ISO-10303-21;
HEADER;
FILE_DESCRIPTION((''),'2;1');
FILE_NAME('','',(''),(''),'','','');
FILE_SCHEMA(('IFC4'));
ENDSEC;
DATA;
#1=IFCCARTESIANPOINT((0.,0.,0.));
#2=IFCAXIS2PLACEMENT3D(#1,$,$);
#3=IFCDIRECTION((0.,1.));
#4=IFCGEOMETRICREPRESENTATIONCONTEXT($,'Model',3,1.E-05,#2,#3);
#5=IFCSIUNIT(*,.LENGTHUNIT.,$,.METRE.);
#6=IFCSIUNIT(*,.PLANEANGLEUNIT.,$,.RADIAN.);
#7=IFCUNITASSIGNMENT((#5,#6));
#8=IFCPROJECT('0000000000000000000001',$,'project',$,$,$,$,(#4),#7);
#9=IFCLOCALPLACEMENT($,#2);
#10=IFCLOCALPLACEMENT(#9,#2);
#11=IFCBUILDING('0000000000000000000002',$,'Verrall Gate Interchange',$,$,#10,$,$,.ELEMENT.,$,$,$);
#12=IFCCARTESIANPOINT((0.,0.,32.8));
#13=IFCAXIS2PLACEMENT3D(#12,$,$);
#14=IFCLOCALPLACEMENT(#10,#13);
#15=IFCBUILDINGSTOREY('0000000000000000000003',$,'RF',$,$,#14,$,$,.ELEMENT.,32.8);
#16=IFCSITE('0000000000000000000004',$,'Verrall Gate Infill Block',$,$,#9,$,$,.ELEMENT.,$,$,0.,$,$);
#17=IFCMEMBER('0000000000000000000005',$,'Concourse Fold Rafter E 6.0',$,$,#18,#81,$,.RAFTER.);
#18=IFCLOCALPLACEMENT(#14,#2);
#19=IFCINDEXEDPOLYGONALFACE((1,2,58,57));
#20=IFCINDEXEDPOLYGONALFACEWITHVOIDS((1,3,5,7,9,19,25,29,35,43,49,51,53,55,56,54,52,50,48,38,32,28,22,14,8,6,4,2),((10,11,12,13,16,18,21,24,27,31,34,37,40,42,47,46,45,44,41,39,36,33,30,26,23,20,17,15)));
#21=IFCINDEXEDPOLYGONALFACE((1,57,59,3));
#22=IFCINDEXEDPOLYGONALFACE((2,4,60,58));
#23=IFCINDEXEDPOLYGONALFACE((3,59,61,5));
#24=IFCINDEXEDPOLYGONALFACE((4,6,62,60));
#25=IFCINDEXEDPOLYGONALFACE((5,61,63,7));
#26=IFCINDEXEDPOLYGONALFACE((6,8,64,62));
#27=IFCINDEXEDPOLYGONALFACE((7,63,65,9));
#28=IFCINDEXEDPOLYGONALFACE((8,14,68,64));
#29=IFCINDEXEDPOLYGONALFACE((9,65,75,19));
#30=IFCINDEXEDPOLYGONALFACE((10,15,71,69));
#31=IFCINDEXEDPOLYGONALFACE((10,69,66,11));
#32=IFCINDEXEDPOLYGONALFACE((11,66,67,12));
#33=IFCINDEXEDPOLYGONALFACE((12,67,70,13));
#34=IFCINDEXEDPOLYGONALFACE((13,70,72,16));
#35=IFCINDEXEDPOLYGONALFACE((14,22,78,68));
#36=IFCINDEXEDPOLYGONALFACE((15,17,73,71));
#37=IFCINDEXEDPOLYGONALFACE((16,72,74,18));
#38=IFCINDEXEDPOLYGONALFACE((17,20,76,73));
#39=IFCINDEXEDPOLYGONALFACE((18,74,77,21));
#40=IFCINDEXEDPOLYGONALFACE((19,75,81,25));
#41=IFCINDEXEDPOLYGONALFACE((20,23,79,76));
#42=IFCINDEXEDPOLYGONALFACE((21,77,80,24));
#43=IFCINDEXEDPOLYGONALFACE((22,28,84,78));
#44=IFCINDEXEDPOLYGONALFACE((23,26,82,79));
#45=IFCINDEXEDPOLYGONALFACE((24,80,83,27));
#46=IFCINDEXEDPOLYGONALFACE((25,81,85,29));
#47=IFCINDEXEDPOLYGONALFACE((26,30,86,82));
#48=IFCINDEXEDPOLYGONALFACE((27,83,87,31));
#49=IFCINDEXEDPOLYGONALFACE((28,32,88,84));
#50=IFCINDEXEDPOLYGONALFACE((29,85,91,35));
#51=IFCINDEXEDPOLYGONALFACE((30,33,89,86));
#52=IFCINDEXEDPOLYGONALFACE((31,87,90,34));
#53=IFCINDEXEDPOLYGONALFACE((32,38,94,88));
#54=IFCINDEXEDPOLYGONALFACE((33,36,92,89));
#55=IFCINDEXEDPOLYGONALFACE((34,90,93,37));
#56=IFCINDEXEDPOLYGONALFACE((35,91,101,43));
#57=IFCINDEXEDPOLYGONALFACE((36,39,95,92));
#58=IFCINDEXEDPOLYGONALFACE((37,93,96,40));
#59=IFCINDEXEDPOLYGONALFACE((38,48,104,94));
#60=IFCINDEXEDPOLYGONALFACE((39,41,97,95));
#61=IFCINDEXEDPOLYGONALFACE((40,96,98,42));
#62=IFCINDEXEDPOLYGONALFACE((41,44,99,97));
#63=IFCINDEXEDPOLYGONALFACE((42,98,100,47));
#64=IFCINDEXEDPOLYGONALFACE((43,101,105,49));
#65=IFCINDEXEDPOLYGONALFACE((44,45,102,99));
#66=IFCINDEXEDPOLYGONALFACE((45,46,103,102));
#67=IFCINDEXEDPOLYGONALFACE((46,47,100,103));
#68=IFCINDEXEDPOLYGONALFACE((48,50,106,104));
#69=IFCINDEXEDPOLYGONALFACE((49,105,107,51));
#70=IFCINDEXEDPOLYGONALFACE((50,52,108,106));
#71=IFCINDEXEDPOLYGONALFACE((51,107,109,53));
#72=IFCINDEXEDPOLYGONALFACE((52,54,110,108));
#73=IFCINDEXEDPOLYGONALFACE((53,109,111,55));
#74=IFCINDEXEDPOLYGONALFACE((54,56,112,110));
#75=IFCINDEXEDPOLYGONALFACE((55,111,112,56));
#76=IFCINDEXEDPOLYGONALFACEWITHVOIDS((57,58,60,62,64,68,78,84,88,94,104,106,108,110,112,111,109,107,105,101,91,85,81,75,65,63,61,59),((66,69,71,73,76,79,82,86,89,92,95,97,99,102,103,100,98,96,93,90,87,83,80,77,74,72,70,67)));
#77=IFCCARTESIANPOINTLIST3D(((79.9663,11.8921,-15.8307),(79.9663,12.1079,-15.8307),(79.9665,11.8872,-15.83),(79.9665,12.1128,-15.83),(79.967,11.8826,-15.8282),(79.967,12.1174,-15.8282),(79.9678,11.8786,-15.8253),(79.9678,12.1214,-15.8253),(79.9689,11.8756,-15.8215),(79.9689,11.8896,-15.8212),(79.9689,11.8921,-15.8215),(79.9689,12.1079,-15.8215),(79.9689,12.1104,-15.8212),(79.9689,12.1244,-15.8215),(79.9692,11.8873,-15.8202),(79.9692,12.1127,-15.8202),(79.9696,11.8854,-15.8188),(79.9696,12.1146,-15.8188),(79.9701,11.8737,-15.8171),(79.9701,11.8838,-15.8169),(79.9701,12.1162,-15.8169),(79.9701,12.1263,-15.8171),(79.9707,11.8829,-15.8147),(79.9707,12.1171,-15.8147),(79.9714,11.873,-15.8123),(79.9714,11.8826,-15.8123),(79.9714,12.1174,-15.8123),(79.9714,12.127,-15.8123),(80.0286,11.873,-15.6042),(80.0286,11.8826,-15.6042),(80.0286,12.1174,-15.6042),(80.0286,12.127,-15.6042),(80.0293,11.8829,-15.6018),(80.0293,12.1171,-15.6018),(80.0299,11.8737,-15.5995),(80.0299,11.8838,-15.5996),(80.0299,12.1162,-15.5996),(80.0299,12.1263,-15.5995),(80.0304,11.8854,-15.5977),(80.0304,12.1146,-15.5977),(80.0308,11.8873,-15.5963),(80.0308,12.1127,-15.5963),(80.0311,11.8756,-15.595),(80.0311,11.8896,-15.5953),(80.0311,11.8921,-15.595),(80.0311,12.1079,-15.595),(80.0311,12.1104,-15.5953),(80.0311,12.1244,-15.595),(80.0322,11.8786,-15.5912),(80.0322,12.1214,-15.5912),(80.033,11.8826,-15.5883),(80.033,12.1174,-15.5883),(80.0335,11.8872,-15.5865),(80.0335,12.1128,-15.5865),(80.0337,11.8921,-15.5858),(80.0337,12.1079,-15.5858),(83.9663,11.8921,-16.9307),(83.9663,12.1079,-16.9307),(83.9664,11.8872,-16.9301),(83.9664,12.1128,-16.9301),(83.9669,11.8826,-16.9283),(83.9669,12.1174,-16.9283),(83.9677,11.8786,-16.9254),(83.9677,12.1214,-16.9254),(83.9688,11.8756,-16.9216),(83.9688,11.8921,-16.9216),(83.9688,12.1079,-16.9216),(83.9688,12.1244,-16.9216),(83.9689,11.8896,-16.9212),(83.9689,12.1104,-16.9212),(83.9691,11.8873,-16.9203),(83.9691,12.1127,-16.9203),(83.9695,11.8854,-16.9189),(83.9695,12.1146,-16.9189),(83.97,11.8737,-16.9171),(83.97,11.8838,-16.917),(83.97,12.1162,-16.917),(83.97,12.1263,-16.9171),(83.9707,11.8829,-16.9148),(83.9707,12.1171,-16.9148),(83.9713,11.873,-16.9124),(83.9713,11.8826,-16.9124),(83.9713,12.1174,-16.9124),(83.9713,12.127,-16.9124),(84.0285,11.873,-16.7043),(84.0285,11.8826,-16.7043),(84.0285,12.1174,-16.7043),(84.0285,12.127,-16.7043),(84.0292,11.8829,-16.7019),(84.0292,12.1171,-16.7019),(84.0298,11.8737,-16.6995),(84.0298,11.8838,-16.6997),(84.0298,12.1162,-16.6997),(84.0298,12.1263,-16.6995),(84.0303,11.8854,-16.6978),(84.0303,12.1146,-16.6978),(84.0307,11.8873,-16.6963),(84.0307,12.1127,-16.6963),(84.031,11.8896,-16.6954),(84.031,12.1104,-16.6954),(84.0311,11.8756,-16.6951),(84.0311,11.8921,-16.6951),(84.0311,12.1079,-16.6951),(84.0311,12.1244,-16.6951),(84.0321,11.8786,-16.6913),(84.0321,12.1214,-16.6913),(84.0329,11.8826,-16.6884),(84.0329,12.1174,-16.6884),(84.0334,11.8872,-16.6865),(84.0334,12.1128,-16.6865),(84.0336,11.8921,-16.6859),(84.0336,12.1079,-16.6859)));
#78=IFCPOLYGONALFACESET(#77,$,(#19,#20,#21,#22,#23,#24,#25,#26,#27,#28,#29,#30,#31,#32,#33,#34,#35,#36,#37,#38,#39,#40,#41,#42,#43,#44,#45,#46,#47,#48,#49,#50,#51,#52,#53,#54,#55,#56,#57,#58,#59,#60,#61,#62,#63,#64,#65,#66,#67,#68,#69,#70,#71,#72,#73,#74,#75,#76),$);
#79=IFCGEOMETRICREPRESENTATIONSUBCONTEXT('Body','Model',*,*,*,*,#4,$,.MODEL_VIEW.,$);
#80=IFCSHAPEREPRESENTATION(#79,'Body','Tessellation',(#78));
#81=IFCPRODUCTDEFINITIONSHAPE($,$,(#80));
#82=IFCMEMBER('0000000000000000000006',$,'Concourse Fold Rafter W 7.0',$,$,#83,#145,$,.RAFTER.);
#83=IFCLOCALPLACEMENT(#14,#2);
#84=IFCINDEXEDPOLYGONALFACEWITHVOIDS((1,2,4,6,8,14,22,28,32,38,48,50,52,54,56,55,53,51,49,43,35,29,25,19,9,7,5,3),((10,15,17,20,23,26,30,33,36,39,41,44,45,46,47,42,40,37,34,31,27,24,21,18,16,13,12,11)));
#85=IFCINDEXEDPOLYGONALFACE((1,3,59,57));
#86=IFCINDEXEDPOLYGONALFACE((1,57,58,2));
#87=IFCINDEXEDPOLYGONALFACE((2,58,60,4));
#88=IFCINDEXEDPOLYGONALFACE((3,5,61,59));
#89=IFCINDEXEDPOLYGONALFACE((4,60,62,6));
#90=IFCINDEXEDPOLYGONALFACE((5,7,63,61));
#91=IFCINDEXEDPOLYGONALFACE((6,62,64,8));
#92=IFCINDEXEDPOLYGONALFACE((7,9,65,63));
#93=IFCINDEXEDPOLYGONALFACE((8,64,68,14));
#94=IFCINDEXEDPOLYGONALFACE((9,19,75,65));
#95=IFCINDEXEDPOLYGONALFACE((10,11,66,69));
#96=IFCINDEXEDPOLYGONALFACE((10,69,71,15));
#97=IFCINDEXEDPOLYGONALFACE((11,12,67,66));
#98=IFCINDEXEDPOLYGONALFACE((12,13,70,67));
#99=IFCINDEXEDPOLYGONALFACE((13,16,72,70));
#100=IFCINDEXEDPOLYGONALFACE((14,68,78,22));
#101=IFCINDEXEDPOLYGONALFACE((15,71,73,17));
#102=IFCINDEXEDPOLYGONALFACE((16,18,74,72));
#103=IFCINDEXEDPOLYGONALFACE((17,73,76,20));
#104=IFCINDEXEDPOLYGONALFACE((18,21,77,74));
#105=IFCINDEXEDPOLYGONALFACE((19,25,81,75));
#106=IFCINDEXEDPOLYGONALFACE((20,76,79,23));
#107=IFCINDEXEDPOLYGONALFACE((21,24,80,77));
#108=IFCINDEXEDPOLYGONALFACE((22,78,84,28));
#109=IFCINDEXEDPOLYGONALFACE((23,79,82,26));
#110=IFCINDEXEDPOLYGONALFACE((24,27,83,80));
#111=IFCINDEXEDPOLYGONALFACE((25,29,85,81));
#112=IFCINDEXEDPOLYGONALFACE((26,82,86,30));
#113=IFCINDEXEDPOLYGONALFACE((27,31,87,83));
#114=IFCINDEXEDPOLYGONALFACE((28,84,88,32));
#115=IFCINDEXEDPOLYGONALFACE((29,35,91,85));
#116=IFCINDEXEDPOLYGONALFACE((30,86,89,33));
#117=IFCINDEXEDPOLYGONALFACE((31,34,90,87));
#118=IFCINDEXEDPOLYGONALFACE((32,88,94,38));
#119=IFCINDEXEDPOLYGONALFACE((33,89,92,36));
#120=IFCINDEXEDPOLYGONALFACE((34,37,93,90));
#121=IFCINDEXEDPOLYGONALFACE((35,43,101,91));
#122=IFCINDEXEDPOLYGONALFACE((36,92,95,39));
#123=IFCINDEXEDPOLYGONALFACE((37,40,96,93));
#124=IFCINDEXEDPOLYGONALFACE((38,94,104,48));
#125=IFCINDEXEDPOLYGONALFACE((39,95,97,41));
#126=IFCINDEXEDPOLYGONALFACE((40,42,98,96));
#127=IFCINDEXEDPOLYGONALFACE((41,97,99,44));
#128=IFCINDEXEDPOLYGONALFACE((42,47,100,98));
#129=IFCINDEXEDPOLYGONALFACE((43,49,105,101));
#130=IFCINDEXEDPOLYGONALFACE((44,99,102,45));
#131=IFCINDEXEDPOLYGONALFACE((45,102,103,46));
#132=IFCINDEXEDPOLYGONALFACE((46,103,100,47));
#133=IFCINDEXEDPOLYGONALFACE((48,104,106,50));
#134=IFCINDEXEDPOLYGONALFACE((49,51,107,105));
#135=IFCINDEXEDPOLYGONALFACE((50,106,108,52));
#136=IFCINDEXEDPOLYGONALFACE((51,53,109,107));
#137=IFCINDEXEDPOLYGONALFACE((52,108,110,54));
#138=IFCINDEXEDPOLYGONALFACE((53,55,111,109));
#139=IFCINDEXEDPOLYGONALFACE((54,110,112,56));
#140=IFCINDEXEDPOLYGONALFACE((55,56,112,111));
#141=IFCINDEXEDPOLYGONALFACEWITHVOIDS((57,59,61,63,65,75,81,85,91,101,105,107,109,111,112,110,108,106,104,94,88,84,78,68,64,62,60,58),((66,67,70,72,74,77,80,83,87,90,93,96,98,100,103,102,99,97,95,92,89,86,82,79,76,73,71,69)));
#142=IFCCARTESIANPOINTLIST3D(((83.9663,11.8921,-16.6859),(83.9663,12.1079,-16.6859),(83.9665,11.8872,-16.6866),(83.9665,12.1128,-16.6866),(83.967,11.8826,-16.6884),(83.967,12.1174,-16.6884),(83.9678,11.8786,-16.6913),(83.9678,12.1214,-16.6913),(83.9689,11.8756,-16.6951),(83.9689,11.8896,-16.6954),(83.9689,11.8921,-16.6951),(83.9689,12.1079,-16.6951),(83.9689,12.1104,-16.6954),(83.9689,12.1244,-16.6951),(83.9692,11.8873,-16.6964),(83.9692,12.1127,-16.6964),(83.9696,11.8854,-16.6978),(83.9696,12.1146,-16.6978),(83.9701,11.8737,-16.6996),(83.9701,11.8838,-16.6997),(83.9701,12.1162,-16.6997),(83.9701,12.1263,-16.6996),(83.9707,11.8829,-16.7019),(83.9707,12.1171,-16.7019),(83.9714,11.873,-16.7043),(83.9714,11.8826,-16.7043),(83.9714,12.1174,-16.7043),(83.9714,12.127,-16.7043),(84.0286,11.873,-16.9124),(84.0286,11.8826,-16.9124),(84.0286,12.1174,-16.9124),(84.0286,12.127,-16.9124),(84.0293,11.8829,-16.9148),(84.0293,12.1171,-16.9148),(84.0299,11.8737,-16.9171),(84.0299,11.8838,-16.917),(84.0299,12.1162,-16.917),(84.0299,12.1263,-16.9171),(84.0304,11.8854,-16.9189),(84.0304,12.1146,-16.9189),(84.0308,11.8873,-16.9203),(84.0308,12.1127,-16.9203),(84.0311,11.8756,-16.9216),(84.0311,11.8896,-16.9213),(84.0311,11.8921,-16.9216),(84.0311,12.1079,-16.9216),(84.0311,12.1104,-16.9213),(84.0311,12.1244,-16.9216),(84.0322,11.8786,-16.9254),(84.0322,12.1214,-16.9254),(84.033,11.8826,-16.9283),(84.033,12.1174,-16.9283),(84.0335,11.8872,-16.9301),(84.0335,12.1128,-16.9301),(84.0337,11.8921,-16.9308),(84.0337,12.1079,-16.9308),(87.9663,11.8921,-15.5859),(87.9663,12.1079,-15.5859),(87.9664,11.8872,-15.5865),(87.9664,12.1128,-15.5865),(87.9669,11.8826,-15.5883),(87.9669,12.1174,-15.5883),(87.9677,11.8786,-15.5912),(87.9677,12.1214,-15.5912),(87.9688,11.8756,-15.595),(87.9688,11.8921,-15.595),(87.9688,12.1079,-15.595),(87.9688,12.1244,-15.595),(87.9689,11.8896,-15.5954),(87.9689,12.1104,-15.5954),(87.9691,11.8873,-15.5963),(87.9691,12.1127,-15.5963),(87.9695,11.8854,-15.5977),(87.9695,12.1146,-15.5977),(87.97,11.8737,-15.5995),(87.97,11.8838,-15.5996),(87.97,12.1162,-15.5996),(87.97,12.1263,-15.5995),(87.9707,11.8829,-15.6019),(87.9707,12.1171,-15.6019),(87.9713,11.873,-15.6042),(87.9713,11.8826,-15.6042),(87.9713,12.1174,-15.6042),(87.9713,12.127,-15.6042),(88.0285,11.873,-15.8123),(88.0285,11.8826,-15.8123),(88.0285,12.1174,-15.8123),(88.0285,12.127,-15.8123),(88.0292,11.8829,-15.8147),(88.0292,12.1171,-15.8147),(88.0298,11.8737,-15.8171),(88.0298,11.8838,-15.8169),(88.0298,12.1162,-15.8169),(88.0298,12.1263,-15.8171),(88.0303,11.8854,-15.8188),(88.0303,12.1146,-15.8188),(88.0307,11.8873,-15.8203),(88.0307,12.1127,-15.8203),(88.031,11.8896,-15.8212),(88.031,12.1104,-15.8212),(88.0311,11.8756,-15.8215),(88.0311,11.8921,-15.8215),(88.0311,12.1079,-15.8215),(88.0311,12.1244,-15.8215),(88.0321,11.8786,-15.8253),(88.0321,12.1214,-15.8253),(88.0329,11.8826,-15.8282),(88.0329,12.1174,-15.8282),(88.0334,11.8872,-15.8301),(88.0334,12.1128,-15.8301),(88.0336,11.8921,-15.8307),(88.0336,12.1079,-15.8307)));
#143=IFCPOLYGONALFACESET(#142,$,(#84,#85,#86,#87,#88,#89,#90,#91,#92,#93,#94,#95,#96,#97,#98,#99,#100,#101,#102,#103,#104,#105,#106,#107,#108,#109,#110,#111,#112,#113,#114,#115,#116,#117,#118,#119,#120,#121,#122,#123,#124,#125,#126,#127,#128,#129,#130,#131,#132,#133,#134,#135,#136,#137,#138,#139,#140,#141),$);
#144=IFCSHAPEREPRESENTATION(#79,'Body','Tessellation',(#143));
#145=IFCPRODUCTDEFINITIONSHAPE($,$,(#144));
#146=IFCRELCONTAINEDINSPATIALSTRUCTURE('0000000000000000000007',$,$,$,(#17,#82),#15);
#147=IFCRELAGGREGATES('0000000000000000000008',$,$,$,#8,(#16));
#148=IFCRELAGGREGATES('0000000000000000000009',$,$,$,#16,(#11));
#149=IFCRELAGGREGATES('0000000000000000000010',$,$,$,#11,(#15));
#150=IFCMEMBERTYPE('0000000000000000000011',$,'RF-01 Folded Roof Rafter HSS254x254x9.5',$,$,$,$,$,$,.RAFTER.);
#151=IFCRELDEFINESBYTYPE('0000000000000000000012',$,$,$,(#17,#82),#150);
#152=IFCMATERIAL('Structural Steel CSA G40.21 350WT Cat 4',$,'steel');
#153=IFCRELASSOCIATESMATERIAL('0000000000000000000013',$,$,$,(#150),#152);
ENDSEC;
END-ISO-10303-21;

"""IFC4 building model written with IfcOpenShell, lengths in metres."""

from ifc_helpers import new_model, si_unit, direction, frame, origin, origin_2d, place, context, subcontext, project, spatial, hollow_rectangle, extrude, material, material_profile, profile_set, type_object, element, save


model = new_model("IFC4")

# Units and contexts
model_context = context("Model", 3, precision=1e-05, world=origin(), true_north=direction((0.0, 1.0)))
body_context = subcontext(model_context, "Body", "Model", "MODEL_VIEW")
ifc_project = project(units=[si_unit("LENGTHUNIT", "METRE"), si_unit("PLANEANGLEUNIT", "RADIAN")], contexts=[model_context])

# Site, building, storey
site_placement = place(None, origin())
site = spatial("IfcSite", under=ifc_project, at=site_placement, Name="Verrall Gate Infill Block", CompositionType="ELEMENT", RefElevation=0.0)
building_placement = place(site_placement, origin())
building = spatial("IfcBuilding", under=site, at=building_placement, Name="Verrall Gate Interchange", CompositionType="ELEMENT")
storey_placement = place(building_placement, frame((0.0, 0.0, 32.8)))
storey = spatial("IfcBuildingStorey", under=building, at=storey_placement, Name="RF", CompositionType="ELEMENT", Elevation=32.8)

# Members
ifc_material_1 = material(Name="Structural Steel CSA G40.21 350WT Cat 4", Category="steel")
ifc_material_profile_1 = material_profile(ifc_material_1, hollow_rectangle(XDim=0.2539, YDim=0.2539, WallThickness=0.0095, InnerFilletRadius=0.0095, OuterFilletRadius=0.019, at=origin_2d()), Name="HSS254x254x9.5")
ifc_profile_set_1 = profile_set([ifc_material_profile_1], Name="Structural Steel CSA G40.21 350WT Cat 4")
member_type_1 = type_object("IfcMemberType", Name="RF-01 Folded Roof Rafter HSS254x254x9.5", PredefinedType="RAFTER", material=ifc_profile_set_1)
for number, where, z_axis, x_axis, name in (
    (1, (80.0, 12.0, -15.7083), (0.964199, 0.0, -0.265178), (0.0, 1.0, 0.0), "Concourse Fold Rafter E 6.0"),
    (2, (84.0, 12.0, -16.8083), (0.964199, 0.0, 0.265178), (0.0, 1.0, 0.0), "Concourse Fold Rafter W 7.0"),
):
    element("IfcMember", number, at=place(storey_placement, frame(where, z_axis=z_axis, x_axis=x_axis)), inside=storey, type_object=member_type_1, Name=name, PredefinedType="RAFTER", context=body_context, shape_type="SweptSolid", body=[
        extrude(hollow_rectangle(XDim=0.2539, YDim=0.2539, WallThickness=0.0095, InnerFilletRadius=0.0095, OuterFilletRadius=0.019, at=origin_2d()), origin(), (0.0, 0.0, 1.0), 4.1484),
    ])

save(model, "model.ifc")
